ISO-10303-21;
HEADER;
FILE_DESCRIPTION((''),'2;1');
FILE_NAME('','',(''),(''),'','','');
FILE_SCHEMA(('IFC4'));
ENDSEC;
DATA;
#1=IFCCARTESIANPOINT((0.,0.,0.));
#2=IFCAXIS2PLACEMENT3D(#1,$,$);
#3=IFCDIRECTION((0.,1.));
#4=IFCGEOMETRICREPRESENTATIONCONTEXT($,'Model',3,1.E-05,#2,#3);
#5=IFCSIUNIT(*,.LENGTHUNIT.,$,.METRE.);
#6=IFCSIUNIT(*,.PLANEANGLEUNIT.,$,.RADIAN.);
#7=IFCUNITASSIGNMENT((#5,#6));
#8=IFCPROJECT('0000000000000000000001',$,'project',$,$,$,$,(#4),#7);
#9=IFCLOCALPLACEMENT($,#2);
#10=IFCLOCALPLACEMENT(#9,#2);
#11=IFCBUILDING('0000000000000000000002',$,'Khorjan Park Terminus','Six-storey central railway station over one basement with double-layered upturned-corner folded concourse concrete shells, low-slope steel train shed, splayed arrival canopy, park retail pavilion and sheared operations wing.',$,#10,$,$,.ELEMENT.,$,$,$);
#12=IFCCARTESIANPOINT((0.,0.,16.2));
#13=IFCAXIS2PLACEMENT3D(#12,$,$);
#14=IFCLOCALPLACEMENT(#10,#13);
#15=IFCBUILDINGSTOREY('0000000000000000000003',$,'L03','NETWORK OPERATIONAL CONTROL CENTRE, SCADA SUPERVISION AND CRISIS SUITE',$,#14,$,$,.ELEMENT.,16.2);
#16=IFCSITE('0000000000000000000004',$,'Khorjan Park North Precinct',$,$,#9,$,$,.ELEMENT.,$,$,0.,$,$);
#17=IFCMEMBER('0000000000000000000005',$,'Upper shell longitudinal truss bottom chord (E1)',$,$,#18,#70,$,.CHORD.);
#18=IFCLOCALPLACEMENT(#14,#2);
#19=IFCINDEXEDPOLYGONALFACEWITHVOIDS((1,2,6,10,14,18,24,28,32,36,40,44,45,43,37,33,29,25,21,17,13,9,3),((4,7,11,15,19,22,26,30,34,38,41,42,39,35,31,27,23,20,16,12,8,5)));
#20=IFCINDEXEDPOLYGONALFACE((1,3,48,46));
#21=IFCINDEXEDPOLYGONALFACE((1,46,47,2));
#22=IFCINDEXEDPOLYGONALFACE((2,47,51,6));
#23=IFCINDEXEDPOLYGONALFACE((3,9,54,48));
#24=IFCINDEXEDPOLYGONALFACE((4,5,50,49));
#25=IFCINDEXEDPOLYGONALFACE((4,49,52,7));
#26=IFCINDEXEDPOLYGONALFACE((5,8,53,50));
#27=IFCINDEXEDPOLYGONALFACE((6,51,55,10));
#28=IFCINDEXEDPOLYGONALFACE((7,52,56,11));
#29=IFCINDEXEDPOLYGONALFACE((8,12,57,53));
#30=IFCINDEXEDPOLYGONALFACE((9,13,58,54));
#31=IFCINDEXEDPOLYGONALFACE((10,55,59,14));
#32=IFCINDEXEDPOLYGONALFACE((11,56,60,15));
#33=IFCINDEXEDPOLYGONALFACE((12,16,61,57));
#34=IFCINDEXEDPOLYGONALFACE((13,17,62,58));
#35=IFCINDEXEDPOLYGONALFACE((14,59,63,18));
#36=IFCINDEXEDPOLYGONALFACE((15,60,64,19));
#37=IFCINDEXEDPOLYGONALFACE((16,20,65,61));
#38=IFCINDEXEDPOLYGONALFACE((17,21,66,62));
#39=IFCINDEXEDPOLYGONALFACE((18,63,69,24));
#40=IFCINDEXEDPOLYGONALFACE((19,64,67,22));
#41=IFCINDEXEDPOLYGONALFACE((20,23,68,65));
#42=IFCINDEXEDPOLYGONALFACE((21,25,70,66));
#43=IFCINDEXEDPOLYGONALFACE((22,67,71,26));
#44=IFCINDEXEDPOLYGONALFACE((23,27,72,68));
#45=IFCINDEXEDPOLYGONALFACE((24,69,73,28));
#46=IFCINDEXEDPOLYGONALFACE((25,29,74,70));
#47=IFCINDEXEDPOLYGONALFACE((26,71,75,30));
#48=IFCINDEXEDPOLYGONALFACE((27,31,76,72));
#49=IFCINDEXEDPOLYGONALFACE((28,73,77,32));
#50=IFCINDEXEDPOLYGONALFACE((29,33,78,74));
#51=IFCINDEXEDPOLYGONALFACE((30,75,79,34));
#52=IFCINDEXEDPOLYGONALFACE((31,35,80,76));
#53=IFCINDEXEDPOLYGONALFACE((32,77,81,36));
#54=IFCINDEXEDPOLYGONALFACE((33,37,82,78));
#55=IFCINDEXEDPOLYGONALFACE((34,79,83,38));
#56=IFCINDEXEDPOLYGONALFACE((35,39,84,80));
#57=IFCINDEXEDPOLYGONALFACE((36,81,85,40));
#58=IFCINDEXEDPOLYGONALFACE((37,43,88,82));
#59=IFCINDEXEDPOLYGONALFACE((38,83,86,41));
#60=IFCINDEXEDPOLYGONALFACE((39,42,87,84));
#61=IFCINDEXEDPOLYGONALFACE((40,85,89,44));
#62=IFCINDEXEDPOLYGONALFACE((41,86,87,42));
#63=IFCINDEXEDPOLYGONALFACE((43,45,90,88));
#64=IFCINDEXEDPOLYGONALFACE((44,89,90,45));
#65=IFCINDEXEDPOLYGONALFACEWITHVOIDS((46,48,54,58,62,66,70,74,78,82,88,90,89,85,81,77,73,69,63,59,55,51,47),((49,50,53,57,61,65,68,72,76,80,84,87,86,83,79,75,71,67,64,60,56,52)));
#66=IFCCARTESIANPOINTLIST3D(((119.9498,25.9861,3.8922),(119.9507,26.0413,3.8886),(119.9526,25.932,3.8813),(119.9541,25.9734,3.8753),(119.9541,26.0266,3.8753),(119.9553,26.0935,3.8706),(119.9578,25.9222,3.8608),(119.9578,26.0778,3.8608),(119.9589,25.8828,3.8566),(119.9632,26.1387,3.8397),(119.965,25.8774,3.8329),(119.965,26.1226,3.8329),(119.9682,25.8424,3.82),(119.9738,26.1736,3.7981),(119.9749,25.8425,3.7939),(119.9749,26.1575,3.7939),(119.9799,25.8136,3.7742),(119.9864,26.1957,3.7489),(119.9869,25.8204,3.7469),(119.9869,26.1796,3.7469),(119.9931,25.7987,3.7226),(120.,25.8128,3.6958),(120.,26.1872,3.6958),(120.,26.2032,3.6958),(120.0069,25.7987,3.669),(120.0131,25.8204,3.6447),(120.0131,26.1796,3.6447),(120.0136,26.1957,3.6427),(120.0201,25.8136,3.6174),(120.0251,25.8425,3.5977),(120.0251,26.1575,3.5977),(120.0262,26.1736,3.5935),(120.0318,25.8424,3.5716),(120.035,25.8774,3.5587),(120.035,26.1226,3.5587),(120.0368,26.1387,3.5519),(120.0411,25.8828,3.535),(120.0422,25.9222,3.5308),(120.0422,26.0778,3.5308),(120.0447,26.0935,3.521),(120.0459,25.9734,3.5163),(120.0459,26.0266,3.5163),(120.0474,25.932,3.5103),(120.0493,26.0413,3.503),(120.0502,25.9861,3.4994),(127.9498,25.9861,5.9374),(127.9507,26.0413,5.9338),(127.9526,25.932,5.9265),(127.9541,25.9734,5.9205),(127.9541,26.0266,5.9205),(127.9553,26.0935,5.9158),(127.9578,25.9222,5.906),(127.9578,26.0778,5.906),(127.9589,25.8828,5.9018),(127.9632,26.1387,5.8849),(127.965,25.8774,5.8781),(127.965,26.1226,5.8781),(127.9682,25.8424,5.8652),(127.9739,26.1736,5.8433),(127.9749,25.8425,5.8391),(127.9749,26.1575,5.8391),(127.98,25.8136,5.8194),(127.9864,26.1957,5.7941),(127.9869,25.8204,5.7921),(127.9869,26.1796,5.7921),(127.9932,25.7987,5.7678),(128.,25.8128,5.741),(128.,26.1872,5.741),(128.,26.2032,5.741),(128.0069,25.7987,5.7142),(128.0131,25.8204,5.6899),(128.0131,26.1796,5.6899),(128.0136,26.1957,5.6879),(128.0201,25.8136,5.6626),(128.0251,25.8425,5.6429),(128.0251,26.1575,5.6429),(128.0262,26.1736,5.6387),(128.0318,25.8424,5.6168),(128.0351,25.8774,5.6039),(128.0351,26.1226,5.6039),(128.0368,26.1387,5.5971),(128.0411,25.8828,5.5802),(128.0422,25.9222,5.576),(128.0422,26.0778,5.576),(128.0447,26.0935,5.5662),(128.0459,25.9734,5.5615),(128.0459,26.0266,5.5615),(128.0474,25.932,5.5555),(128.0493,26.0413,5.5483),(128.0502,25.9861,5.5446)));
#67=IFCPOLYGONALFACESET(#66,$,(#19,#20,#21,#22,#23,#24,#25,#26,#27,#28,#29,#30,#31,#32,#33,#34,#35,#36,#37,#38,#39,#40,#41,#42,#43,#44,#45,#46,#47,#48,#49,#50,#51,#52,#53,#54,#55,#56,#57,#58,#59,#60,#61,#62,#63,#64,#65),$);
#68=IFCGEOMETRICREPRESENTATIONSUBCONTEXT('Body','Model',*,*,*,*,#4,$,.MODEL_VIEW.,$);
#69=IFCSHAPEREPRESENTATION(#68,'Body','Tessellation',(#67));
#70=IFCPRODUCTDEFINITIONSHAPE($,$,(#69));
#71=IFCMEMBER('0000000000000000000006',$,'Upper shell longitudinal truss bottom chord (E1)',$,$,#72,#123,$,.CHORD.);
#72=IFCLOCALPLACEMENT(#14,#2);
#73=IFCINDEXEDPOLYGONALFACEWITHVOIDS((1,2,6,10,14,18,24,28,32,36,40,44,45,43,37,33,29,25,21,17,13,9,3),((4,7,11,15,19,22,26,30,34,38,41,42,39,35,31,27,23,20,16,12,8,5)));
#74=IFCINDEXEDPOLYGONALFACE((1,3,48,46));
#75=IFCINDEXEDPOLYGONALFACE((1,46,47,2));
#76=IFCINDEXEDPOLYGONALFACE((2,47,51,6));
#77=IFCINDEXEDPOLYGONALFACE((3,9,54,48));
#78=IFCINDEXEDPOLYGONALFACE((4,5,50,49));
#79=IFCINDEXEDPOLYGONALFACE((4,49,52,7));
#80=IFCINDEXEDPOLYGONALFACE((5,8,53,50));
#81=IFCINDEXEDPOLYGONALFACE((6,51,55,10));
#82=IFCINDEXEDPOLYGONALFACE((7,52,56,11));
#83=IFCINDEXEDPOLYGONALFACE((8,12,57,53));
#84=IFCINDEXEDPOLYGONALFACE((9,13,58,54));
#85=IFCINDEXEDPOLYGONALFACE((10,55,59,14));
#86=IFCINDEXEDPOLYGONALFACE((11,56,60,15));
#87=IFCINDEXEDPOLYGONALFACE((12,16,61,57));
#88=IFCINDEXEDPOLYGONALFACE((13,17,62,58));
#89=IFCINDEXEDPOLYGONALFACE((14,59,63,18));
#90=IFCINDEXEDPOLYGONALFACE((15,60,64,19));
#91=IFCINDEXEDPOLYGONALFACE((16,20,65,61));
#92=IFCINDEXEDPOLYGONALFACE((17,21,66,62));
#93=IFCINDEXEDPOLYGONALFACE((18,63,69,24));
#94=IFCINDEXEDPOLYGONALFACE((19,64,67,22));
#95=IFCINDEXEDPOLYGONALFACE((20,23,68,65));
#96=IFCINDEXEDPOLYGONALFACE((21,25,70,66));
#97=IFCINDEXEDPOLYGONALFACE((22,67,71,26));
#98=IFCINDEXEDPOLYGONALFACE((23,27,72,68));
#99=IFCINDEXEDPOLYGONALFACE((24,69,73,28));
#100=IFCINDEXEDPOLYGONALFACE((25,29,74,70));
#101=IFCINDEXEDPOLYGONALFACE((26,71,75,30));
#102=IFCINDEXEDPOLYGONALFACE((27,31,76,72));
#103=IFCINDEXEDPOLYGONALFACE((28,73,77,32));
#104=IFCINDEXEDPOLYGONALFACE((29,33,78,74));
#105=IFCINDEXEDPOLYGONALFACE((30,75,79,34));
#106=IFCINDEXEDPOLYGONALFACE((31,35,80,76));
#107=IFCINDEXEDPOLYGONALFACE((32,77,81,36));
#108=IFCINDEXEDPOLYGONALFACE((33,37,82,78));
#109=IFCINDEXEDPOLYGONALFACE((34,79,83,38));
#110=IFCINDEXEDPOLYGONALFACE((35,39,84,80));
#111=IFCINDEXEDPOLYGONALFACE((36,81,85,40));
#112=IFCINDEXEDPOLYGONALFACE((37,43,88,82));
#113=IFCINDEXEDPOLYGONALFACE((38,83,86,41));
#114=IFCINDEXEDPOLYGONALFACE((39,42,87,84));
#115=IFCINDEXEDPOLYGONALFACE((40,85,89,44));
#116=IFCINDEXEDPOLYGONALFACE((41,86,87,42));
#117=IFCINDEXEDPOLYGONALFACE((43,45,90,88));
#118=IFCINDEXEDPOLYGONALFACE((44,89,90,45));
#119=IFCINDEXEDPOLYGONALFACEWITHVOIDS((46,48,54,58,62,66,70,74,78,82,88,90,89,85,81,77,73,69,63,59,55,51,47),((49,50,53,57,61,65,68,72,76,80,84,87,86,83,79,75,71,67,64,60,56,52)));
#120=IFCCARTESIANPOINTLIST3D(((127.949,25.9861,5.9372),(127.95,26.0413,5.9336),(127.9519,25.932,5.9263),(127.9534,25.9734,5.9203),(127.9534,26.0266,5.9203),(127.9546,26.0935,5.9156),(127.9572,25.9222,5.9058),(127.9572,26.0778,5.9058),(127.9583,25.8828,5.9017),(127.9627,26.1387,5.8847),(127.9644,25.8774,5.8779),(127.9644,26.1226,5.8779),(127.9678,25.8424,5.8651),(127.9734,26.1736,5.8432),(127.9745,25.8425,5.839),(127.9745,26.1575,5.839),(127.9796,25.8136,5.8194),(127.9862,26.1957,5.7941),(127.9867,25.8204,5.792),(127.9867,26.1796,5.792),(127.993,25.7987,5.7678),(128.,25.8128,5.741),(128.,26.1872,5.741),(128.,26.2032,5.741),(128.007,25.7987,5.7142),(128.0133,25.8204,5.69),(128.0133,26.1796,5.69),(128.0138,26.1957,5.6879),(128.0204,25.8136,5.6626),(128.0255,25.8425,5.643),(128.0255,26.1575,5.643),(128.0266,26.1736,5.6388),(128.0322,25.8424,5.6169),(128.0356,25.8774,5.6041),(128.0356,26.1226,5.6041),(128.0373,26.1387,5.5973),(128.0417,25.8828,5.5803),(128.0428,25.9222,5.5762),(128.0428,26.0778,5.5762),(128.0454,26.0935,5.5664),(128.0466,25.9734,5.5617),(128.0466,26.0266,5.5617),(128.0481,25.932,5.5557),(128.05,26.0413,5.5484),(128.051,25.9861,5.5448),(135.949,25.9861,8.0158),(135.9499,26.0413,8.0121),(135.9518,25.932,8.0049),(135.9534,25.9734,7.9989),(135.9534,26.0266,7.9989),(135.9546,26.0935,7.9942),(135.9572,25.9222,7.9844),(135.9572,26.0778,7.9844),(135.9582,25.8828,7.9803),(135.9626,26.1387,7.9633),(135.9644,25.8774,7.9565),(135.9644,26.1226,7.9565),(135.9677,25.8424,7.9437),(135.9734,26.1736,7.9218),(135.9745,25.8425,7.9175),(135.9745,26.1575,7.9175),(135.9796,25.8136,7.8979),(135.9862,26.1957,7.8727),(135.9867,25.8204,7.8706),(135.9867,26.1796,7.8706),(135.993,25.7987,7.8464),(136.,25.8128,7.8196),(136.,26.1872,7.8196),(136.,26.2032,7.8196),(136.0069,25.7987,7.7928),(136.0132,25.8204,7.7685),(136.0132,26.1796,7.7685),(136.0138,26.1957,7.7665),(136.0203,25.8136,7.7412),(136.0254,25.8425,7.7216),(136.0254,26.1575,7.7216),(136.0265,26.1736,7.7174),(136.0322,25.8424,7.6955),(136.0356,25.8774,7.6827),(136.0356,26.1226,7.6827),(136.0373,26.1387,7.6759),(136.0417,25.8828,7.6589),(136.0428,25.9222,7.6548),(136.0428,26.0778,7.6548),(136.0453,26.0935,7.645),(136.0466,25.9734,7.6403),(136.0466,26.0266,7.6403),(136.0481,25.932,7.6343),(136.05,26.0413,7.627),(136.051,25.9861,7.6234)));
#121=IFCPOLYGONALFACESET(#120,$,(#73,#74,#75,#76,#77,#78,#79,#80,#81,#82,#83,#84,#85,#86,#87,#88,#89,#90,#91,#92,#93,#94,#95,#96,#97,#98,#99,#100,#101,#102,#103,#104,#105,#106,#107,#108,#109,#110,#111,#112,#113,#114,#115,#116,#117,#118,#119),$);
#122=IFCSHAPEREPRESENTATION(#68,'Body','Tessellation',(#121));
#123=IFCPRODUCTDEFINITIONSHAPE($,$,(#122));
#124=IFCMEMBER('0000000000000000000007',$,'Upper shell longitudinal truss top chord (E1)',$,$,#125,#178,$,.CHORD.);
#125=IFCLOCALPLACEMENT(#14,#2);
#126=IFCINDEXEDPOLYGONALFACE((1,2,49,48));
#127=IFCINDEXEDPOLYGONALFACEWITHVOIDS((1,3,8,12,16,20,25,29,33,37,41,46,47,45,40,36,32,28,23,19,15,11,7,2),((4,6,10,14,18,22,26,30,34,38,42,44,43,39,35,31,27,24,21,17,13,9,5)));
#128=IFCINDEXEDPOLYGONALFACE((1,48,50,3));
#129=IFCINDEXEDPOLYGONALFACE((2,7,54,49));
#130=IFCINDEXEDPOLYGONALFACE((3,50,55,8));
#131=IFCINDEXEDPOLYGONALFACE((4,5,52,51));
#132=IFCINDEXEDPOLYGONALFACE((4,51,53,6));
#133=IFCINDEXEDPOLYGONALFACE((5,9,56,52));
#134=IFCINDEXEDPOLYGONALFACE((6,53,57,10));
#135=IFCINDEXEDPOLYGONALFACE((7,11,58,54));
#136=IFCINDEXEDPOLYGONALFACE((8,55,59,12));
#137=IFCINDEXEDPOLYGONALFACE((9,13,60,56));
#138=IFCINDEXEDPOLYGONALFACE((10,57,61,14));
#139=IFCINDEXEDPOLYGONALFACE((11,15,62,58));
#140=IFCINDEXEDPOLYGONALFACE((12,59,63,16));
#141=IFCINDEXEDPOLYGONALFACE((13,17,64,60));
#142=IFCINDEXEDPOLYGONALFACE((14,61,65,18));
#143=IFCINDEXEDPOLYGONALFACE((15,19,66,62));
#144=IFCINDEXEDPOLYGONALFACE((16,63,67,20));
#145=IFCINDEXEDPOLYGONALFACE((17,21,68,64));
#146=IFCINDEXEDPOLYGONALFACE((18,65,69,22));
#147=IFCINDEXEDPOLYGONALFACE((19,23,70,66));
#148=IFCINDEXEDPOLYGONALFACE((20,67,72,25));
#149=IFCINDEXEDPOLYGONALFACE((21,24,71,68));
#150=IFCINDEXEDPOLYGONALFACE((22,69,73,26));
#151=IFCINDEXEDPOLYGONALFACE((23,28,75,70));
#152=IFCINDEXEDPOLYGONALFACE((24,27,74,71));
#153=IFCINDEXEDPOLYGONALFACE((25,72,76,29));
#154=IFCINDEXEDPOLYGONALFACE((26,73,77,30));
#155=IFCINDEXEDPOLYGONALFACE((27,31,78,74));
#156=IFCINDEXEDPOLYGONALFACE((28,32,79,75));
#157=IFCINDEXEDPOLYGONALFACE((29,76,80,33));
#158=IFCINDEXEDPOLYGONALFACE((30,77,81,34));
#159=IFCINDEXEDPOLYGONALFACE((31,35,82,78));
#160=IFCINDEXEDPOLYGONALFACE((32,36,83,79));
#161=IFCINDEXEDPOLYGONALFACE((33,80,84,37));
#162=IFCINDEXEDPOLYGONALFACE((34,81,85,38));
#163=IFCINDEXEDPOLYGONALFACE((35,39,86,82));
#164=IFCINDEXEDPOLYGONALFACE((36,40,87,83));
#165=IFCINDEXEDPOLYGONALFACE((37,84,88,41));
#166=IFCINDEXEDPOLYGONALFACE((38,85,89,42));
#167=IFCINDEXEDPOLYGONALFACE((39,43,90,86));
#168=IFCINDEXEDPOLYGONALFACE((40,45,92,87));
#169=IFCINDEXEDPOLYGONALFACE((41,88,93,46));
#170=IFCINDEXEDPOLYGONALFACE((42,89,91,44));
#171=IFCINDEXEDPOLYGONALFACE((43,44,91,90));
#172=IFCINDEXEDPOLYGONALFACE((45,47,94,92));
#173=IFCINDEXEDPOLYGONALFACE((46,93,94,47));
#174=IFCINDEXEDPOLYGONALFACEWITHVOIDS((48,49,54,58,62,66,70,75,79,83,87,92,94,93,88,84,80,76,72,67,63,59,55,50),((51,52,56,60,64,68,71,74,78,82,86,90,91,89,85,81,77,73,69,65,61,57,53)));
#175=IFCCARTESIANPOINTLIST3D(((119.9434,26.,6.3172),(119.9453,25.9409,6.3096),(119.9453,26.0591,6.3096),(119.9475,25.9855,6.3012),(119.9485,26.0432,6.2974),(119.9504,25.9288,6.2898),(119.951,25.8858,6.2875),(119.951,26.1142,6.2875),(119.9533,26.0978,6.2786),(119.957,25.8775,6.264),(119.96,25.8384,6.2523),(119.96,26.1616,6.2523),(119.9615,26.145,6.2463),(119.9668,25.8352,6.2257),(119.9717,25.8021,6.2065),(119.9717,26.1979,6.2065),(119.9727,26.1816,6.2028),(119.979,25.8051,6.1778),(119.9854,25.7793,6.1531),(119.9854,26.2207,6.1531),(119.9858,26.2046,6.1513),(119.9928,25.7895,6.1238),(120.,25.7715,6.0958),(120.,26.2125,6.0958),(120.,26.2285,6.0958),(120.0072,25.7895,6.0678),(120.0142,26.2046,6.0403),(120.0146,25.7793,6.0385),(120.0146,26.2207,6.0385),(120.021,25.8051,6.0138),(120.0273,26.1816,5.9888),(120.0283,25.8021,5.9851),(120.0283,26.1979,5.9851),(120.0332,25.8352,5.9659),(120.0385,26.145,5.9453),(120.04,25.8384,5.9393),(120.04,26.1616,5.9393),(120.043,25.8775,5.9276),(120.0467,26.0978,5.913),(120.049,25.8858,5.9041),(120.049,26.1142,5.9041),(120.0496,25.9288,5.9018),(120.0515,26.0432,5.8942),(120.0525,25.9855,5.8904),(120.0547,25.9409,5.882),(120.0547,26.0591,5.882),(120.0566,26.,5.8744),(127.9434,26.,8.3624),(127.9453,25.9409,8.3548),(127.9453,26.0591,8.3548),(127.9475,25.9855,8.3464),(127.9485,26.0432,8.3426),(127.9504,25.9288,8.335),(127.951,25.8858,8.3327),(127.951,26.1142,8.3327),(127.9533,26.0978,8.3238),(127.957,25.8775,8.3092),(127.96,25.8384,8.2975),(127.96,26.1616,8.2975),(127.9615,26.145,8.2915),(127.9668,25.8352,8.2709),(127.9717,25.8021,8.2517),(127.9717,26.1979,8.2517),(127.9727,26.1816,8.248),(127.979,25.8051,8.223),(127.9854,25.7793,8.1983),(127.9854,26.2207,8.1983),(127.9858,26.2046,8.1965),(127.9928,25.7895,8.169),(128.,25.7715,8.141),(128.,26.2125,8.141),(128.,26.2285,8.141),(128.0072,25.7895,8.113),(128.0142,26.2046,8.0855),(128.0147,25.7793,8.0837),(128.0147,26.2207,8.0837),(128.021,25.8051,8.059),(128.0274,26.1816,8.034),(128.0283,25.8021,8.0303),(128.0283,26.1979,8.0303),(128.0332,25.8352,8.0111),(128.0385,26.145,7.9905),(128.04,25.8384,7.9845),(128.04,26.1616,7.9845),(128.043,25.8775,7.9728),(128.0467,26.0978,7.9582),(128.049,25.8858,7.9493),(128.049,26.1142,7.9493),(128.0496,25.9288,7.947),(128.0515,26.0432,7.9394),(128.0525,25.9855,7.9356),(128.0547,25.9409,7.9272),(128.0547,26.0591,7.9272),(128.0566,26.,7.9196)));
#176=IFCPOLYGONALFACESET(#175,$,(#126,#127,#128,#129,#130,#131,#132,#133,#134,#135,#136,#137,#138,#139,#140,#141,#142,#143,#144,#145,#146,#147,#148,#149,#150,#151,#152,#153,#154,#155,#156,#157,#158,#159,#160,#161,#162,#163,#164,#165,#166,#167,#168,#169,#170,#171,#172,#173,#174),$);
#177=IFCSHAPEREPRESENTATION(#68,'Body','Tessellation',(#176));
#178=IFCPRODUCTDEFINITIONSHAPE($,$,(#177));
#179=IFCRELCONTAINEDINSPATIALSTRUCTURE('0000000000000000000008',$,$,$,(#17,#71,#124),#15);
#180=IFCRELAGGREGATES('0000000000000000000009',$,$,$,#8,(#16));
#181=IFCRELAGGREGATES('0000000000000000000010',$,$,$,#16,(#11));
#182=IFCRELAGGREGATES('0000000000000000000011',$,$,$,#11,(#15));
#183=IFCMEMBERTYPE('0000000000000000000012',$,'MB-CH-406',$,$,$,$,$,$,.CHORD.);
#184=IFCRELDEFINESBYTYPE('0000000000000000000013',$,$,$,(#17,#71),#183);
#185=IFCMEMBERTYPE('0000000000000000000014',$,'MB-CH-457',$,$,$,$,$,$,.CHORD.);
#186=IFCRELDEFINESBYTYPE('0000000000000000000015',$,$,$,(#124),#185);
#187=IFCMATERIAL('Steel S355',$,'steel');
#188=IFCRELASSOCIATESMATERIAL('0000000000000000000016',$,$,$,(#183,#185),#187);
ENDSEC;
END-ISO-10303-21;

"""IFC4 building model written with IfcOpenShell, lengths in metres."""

from ifc_helpers import new_model, si_unit, direction, frame, origin, origin_2d, place, context, subcontext, project, spatial, hollow_circle, extrude, material, material_profile, profile_set, type_object, element, save


model = new_model("IFC4")

# Units and contexts
model_context = context("Model", 3, precision=1e-05, world=origin(), true_north=direction((0.0, 1.0)))
body_context = subcontext(model_context, "Body", "Model", "MODEL_VIEW")
ifc_project = project(units=[si_unit("LENGTHUNIT", "METRE"), si_unit("PLANEANGLEUNIT", "RADIAN")], contexts=[model_context])

# Site, building, storey
site_placement = place(None, origin())
site = spatial("IfcSite", under=ifc_project, at=site_placement, Name="Khorjan Park North Precinct", CompositionType="ELEMENT", RefElevation=0.0)
building_placement = place(site_placement, origin())
building = spatial("IfcBuilding", under=site, at=building_placement, Name="Khorjan Park Terminus", Description="Six-storey central railway station over one basement with double-layered upturned-corner folded concourse concrete shells, low-slope steel train shed, splayed arrival canopy, park retail pavilion and sheared operations wing.", CompositionType="ELEMENT")
storey_placement = place(building_placement, frame((0.0, 0.0, 16.2)))
storey = spatial("IfcBuildingStorey", under=building, at=storey_placement, Name="L03", Description="NETWORK OPERATIONAL CONTROL CENTRE, SCADA SUPERVISION AND CRISIS SUITE", CompositionType="ELEMENT", Elevation=16.2)

# Members
ifc_material_1 = material(Name="Steel S355", Category="steel")
ifc_material_profile_1 = material_profile(ifc_material_1, hollow_circle(Radius=0.2032, WallThickness=0.016, at=origin_2d()), Name="CHS 406.4x16")
ifc_profile_set_1 = profile_set([ifc_material_profile_1], Name="Steel S355")
member_type_1 = type_object("IfcMemberType", Name="MB-CH-406", PredefinedType="CHORD", material=ifc_profile_set_1)
member_1_placement = place(storey_placement, frame((120.0, 26.0, 3.6958), z_axis=(0.968841, 0.0, 0.247684), x_axis=(0.0, 1.0, 0.0)))
element("IfcMember", 1, at=member_1_placement, inside=storey, type_object=member_type_1, Name="Upper shell longitudinal truss bottom chord (E1)", PredefinedType="CHORD", context=body_context, shape_type="SweptSolid", body=[
    extrude(hollow_circle(Radius=0.2032, WallThickness=0.016, at=origin_2d()), origin(), (0.0, 0.0, 1.0), 8.2573),
])
member_2_placement = place(storey_placement, frame((128.0, 26.0, 5.741), z_axis=(0.967864, 0.0, 0.251475), x_axis=(0.0, 1.0, 0.0)))
element("IfcMember", 2, at=member_2_placement, inside=storey, type_object=member_type_1, Name="Upper shell longitudinal truss bottom chord (E1)", PredefinedType="CHORD", context=body_context, shape_type="SweptSolid", body=[
    extrude(hollow_circle(Radius=0.2032, WallThickness=0.016, at=origin_2d()), origin(), (0.0, 0.0, 1.0), 8.2656),
])
ifc_material_profile_2 = material_profile(ifc_material_1, hollow_circle(Radius=0.2285, WallThickness=0.016, at=origin_2d()), Name="CHS 457x16")
ifc_profile_set_2 = profile_set([ifc_material_profile_2], Name="Steel S355")
member_type_2 = type_object("IfcMemberType", Name="MB-CH-457", PredefinedType="CHORD", material=ifc_profile_set_2)
member_3_placement = place(storey_placement, frame((120.0, 26.0, 6.0958), z_axis=(0.968841, 0.0, 0.247684), x_axis=(0.0, 1.0, 0.0)))
element("IfcMember", 3, at=member_3_placement, inside=storey, type_object=member_type_2, Name="Upper shell longitudinal truss top chord (E1)", PredefinedType="CHORD", context=body_context, shape_type="SweptSolid", body=[
    extrude(hollow_circle(Radius=0.2285, WallThickness=0.016, at=origin_2d()), origin(), (0.0, 0.0, 1.0), 8.2573),
])

save(model, "model.ifc")
